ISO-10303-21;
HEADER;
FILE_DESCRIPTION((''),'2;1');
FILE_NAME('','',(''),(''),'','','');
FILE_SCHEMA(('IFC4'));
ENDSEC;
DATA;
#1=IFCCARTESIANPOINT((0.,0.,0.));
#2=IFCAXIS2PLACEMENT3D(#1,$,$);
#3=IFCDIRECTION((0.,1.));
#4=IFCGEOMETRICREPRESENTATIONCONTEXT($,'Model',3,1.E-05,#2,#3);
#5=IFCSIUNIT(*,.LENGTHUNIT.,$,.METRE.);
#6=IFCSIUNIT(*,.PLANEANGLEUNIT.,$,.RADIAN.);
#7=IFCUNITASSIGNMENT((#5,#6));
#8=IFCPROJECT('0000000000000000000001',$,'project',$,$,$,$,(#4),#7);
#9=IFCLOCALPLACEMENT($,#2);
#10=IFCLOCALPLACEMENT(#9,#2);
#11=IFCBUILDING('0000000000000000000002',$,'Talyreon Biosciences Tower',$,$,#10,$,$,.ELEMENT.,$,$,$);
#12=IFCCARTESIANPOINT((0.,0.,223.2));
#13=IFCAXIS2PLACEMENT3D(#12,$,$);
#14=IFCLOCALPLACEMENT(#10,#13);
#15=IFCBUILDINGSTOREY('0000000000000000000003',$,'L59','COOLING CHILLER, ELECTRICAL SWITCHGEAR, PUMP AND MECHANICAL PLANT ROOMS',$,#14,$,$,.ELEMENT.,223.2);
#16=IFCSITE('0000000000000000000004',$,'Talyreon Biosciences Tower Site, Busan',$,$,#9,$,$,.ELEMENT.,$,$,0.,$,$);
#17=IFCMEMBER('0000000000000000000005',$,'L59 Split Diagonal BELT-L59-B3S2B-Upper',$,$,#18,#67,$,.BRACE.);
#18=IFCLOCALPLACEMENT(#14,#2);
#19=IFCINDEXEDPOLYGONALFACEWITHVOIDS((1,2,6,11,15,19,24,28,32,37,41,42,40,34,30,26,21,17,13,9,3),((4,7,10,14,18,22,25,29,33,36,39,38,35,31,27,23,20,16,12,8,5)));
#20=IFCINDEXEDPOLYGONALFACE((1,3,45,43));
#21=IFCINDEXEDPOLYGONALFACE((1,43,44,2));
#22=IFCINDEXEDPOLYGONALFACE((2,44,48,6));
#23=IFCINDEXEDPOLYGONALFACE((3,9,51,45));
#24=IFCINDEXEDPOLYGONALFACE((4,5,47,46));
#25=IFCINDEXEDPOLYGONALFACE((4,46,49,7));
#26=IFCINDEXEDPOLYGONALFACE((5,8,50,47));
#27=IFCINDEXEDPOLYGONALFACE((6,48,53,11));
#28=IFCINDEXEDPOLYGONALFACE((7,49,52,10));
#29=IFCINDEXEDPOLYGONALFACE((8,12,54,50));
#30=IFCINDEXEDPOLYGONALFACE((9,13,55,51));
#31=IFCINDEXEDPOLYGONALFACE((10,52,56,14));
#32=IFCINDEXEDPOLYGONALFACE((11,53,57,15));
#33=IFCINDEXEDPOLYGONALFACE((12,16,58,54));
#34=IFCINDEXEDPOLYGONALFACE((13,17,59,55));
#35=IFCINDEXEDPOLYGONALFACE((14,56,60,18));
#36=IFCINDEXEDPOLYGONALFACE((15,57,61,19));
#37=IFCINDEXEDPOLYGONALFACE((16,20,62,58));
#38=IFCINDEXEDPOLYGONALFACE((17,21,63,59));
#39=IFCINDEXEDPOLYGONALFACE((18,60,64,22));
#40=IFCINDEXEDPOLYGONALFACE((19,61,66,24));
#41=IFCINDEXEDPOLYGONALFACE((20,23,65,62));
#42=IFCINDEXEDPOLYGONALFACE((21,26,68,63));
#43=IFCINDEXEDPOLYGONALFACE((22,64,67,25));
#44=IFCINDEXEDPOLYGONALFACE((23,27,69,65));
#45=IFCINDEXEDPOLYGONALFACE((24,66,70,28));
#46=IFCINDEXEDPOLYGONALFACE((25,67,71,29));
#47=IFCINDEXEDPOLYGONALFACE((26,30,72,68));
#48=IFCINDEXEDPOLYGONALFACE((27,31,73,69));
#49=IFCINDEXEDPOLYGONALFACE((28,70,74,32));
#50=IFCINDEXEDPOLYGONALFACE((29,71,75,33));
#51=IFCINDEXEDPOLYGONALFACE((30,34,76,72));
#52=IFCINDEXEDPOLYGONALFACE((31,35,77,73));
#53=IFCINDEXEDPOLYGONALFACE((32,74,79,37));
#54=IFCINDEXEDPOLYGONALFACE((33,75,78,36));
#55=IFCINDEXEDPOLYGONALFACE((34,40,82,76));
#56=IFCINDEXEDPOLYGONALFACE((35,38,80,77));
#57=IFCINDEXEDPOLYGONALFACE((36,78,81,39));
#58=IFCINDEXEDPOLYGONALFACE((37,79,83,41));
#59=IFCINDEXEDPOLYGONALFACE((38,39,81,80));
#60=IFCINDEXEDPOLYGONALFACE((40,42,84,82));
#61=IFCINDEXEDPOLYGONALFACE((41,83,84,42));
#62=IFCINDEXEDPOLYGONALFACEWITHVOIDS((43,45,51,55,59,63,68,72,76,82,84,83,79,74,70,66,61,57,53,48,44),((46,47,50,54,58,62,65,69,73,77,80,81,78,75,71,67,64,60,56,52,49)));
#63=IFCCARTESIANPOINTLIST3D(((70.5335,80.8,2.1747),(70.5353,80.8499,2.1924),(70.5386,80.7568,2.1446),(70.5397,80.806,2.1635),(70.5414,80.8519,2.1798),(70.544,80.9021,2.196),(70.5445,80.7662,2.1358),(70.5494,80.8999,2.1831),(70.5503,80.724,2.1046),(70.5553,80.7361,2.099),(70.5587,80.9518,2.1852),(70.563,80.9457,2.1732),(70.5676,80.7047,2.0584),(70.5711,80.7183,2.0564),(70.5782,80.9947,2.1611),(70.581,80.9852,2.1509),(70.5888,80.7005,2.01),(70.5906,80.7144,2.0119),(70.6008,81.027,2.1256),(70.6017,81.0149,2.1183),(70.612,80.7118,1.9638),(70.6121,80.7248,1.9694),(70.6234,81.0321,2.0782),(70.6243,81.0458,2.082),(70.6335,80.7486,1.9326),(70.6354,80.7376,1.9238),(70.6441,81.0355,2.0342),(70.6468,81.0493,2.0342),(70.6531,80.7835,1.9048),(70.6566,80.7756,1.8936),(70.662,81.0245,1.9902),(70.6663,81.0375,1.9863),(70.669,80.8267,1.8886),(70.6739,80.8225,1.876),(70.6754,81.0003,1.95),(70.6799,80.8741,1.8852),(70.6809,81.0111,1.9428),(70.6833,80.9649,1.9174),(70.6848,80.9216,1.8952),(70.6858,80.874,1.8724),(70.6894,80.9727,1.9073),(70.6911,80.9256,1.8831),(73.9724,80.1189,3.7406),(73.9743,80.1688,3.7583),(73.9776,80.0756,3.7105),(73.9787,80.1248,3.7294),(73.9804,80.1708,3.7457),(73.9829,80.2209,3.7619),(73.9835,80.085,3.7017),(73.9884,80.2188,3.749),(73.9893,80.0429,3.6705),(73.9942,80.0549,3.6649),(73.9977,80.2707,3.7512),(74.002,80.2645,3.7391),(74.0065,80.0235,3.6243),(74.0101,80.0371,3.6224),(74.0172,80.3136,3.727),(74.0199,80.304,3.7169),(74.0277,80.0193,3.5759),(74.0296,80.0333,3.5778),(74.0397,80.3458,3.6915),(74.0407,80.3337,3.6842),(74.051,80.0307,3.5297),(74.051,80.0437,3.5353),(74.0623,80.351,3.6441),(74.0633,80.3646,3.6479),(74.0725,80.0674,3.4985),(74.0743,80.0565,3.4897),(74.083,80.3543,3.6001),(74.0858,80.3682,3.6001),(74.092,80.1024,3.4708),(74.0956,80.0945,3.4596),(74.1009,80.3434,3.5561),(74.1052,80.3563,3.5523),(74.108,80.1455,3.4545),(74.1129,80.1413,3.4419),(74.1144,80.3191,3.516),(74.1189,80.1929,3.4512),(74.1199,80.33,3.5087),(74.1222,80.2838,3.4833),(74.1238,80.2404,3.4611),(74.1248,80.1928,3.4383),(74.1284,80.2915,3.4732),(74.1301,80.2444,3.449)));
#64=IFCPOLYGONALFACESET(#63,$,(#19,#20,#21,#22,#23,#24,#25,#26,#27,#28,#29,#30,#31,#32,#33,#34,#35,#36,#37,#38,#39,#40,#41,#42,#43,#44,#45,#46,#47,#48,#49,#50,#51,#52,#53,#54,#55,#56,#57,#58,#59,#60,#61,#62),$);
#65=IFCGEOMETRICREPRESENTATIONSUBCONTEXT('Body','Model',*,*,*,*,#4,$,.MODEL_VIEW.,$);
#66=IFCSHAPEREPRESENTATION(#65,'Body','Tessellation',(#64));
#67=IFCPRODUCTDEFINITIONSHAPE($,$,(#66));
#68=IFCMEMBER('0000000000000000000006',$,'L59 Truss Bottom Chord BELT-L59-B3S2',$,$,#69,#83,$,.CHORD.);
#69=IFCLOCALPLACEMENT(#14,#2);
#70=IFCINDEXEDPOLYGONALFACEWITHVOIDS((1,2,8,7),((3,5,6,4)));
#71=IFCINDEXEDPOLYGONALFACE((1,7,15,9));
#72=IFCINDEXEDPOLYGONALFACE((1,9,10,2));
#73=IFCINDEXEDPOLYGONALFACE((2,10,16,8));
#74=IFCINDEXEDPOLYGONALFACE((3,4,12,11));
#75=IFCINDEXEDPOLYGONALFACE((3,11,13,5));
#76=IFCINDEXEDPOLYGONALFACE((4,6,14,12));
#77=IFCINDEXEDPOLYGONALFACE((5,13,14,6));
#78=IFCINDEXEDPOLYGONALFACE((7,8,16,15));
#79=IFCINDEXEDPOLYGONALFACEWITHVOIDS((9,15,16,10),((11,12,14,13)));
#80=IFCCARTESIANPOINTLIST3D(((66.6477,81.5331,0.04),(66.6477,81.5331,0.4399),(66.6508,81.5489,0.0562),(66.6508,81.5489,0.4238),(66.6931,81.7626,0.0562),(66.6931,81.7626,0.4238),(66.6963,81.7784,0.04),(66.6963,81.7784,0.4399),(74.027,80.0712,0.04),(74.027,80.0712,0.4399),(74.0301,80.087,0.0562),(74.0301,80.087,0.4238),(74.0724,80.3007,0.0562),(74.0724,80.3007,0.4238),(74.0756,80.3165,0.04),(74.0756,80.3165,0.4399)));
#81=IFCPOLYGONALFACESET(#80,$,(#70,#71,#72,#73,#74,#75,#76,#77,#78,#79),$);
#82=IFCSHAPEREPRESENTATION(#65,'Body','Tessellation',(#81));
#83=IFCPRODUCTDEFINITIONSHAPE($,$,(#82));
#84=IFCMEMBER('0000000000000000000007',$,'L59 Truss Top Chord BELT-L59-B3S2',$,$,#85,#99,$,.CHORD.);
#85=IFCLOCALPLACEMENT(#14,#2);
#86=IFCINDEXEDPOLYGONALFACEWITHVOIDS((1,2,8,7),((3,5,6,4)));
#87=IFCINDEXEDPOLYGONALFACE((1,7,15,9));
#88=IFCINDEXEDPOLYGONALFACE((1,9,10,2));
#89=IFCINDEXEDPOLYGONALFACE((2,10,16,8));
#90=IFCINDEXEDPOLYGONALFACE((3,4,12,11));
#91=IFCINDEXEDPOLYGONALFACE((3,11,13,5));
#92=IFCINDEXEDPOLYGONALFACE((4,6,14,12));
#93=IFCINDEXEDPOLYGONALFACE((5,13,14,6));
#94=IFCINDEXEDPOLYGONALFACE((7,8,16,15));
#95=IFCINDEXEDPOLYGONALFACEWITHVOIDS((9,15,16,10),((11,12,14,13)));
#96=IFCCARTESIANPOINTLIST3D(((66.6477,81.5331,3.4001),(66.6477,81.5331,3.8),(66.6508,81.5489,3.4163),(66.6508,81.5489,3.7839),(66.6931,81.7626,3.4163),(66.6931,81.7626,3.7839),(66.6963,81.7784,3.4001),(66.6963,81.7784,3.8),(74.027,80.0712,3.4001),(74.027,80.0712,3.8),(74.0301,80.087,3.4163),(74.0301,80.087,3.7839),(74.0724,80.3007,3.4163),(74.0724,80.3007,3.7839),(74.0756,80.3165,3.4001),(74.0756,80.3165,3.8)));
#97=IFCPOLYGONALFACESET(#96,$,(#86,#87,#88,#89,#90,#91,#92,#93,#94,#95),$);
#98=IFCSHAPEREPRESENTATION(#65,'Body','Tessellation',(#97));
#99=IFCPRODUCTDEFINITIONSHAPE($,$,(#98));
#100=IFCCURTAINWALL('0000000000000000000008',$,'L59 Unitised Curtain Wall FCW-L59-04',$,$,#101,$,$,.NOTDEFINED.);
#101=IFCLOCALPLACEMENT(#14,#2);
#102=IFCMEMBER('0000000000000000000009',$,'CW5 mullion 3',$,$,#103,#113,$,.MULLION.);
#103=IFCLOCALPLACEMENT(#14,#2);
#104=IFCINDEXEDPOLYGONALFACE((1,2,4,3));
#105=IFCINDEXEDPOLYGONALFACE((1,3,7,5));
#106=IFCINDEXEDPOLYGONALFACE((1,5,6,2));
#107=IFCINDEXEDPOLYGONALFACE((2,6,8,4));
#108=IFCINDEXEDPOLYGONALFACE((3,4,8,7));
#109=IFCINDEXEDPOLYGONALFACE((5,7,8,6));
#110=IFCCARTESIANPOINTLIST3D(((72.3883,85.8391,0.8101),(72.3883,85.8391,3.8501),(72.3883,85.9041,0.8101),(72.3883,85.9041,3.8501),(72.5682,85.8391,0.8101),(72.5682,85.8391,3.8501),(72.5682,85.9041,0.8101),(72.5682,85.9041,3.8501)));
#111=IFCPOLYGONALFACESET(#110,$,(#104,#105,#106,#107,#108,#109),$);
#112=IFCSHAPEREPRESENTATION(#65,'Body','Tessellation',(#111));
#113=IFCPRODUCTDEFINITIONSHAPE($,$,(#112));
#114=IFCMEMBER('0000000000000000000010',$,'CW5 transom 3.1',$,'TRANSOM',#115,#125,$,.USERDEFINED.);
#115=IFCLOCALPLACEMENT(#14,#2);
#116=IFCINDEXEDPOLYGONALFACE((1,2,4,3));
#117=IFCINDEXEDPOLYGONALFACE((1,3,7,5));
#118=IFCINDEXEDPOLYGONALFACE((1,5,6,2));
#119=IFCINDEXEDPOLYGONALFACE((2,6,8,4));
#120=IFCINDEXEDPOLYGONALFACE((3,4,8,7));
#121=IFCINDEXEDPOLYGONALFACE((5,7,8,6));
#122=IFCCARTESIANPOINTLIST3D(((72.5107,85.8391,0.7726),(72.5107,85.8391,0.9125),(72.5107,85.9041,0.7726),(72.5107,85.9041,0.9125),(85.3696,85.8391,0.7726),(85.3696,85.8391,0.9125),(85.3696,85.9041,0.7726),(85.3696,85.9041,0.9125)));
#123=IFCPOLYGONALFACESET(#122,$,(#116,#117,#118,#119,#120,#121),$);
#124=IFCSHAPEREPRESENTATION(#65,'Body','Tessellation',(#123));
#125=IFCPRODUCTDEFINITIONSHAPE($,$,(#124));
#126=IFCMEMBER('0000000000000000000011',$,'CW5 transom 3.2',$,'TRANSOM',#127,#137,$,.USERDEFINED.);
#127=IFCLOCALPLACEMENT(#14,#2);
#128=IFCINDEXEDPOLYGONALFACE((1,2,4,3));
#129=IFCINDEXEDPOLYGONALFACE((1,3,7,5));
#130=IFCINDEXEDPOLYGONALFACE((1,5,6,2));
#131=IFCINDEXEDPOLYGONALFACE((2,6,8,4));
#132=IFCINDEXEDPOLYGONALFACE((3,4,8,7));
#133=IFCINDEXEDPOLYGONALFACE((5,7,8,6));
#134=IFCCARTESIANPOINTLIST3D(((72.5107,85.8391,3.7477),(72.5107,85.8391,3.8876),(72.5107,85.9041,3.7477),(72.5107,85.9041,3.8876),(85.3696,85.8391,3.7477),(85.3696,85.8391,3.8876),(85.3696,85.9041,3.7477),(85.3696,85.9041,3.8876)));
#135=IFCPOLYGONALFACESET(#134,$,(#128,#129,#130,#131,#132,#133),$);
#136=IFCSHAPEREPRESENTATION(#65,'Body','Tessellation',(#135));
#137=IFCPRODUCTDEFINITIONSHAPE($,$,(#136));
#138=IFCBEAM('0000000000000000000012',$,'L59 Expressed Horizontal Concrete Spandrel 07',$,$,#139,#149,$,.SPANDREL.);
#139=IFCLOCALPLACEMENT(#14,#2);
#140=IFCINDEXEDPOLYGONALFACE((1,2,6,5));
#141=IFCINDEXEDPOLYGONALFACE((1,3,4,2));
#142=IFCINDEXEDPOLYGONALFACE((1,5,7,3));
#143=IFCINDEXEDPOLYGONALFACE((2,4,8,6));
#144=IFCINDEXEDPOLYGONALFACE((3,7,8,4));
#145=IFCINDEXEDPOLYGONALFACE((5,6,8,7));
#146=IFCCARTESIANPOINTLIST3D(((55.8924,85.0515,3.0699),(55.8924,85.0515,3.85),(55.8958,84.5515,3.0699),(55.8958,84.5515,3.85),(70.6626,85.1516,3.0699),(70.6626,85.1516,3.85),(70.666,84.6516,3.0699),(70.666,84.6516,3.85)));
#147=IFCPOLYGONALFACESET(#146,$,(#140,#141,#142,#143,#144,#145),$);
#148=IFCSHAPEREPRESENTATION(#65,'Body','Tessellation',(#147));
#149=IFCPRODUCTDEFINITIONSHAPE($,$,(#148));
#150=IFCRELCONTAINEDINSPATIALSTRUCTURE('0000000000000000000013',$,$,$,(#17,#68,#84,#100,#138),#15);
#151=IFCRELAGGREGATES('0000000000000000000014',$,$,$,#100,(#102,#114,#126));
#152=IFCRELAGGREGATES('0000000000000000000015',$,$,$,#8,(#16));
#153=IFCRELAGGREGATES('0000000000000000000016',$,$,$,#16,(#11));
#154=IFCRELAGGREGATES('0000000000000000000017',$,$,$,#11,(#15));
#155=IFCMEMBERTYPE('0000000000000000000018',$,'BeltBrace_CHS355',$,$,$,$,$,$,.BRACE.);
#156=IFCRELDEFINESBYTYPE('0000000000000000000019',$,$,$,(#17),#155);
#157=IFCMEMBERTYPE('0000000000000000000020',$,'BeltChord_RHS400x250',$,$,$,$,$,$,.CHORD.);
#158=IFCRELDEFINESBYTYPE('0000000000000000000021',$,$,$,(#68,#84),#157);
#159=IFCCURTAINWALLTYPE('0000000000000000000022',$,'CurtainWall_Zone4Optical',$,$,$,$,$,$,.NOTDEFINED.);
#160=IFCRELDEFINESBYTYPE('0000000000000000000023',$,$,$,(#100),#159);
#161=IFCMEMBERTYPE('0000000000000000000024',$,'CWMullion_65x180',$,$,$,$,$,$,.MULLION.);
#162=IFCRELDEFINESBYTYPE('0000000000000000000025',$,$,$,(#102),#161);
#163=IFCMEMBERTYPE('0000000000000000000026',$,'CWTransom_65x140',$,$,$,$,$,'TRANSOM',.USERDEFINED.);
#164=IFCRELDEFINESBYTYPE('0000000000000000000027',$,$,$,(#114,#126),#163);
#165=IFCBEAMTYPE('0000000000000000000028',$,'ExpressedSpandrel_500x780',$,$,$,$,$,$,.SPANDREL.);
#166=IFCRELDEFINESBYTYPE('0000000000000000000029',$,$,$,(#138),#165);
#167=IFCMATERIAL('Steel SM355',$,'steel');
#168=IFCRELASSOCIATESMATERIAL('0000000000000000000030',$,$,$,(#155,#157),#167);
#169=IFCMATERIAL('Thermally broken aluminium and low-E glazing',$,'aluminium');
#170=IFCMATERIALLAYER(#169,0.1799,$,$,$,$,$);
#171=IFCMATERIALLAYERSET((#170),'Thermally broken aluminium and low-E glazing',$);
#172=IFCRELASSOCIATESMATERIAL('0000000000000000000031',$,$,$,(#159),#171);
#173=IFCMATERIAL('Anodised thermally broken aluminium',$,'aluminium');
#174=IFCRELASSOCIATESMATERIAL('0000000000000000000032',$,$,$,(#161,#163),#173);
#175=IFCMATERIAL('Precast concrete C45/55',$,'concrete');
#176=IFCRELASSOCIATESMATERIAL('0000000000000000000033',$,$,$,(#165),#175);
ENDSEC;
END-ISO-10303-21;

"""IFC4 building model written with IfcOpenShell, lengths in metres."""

from ifc_helpers import new_model, si_unit, direction, frame, origin, origin_2d, place, context, subcontext, project, spatial, rectangle, hollow_rectangle, hollow_circle, extrude, material, layer, layer_set, material_profile, profile_set, type_object, element, aggregate, save


model = new_model("IFC4")

# Units and contexts
model_context = context("Model", 3, precision=1e-05, world=origin(), true_north=direction((0.0, 1.0)))
body_context = subcontext(model_context, "Body", "Model", "MODEL_VIEW")
ifc_project = project(units=[si_unit("LENGTHUNIT", "METRE"), si_unit("PLANEANGLEUNIT", "RADIAN")], contexts=[model_context])

# Site, building, storey
site_placement = place(None, origin())
site = spatial("IfcSite", under=ifc_project, at=site_placement, Name="Talyreon Biosciences Tower Site, Busan", CompositionType="ELEMENT", RefElevation=0.0)
building_placement = place(site_placement, origin())
building = spatial("IfcBuilding", under=site, at=building_placement, Name="Talyreon Biosciences Tower", CompositionType="ELEMENT")
storey_placement = place(building_placement, frame((0.0, 0.0, 223.2)))
storey = spatial("IfcBuildingStorey", under=building, at=storey_placement, Name="L59", Description="COOLING CHILLER, ELECTRICAL SWITCHGEAR, PUMP AND MECHANICAL PLANT ROOMS", CompositionType="ELEMENT", Elevation=223.2)

# Shared definitions
ifc_material_1 = material(Name="Precast concrete C45/55", Category="concrete")

# Members
ifc_material_2 = material(Name="Steel SM355", Category="steel")
ifc_material_profile_1 = material_profile(ifc_material_2, hollow_circle(Radius=0.1777, WallThickness=0.0142, at=origin_2d()), Name="CHS 355.6x14.2")
ifc_profile_set_1 = profile_set([ifc_material_profile_1], Name="Steel SM355")
member_type_1 = type_object("IfcMemberType", Name="BeltBrace_CHS355", PredefinedType="BRACE", material=ifc_profile_set_1)
member_1_placement = place(storey_placement, frame((70.6123, 80.875, 2.0342), z_axis=(0.895656, -0.177402, 0.407833), x_axis=(0.194294, 0.980943, 0.0)))
element("IfcMember", 1, at=member_1_placement, inside=storey, type_object=member_type_1, Name="L59 Split Diagonal BELT-L59-B3S2B-Upper", PredefinedType="BRACE", context=body_context, shape_type="SweptSolid", body=[
    extrude(hollow_circle(Radius=0.1777, WallThickness=0.0142, at=origin_2d()), origin(), (0.0, 0.0, 1.0), 3.8396),
])
ifc_material_profile_2 = material_profile(ifc_material_2, hollow_rectangle(XDim=0.25, YDim=0.3999, WallThickness=0.0161, at=origin_2d()), Name="RHS 400x250x16")
ifc_profile_set_2 = profile_set([ifc_material_profile_2], Name="Steel SM355")
member_type_2 = type_object("IfcMemberType", Name="BeltChord_RHS400x250", PredefinedType="CHORD", material=ifc_profile_set_2)
for number, where, z_axis, x_axis, name in (
    (2, (74.0513, 80.1938, 0.24), (-0.980936, 0.194331, 0.0), (-0.194331, -0.980936, 0.0), "L59 Truss Bottom Chord BELT-L59-B3S2"),
    (3, (74.0513, 80.1938, 3.6001), (-0.980936, 0.194331, 0.0), (-0.194331, -0.980936, 0.0), "L59 Truss Top Chord BELT-L59-B3S2"),
):
    element("IfcMember", number, at=place(storey_placement, frame(where, z_axis=z_axis, x_axis=x_axis)), inside=storey, type_object=member_type_2, Name=name, PredefinedType="CHORD", context=body_context, shape_type="SweptSolid", body=[
        extrude(hollow_rectangle(XDim=0.25, YDim=0.3999, WallThickness=0.0161, at=origin_2d()), origin(), (0.0, 0.0, 1.0), 7.5227),
    ])

# Curtain wall, members
ifc_material_3 = material(Name="Thermally broken aluminium and low-E glazing", Category="aluminium")
ifc_layer_1 = layer(ifc_material_3, 0.1799)
ifc_layer_set_1 = layer_set([ifc_layer_1], Name="Thermally broken aluminium and low-E glazing")
curtain_wall_type = type_object("IfcCurtainWallType", Name="CurtainWall_Zone4Optical", PredefinedType="NOTDEFINED", material=ifc_layer_set_1)
curtain_wall_placement = place(storey_placement, origin())
curtain_wall = element("IfcCurtainWall", 4, at=curtain_wall_placement, inside=storey, type_object=curtain_wall_type, Name="L59 Unitised Curtain Wall FCW-L59-04", PredefinedType="NOTDEFINED")
ifc_material_4 = material(Name="Anodised thermally broken aluminium", Category="aluminium")
ifc_material_profile_3 = material_profile(ifc_material_4, rectangle(XDim=0.0649, YDim=0.1799, at=origin_2d()), Name="ALUM MULLION 65x180")
ifc_profile_set_3 = profile_set([ifc_material_profile_3], Name="Anodised thermally broken aluminium")
member_type_3 = type_object("IfcMemberType", Name="CWMullion_65x180", PredefinedType="MULLION", material=ifc_profile_set_3)
member_2_placement = place(storey_placement, frame((72.4783, 85.8716, 0.8101), z_axis=(0.0, 0.0, 1.0), x_axis=(0.0, 1.0, 0.0)))
member_2 = element("IfcMember", 5, at=member_2_placement, type_object=member_type_3, Name="CW5 mullion 3", PredefinedType="MULLION", context=body_context, shape_type="SweptSolid", body=[
    extrude(rectangle(XDim=0.0649, YDim=0.1799, at=origin_2d()), origin(), (0.0, 0.0, 1.0), 3.04),
])
ifc_material_profile_4 = material_profile(ifc_material_4, rectangle(XDim=0.0649, YDim=0.1399, at=origin_2d()), Name="ALUM TRANSOM 65x140")
ifc_profile_set_4 = profile_set([ifc_material_profile_4], Name="Anodised thermally broken aluminium")
member_type_4 = type_object("IfcMemberType", Name="CWTransom_65x140", ElementType="TRANSOM", PredefinedType="USERDEFINED", material=ifc_profile_set_4)
member_3_placement = place(storey_placement, frame((72.5107, 85.8716, 0.8425), z_axis=(1.0, 0.0, 0.0), x_axis=(0.0, 1.0, 0.0)))
member_3 = element("IfcMember", 6, at=member_3_placement, type_object=member_type_4, Name="CW5 transom 3.1", ObjectType="TRANSOM", PredefinedType="USERDEFINED", context=body_context, shape_type="SweptSolid", body=[
    extrude(rectangle(XDim=0.0649, YDim=0.1399, at=origin_2d()), origin(), (0.0, 0.0, 1.0), 12.8589),
])
member_4_placement = place(storey_placement, frame((72.5107, 85.8716, 3.8176), z_axis=(1.0, 0.0, 0.0), x_axis=(0.0, 1.0, 0.0)))
member_4 = element("IfcMember", 7, at=member_4_placement, type_object=member_type_4, Name="CW5 transom 3.2", ObjectType="TRANSOM", PredefinedType="USERDEFINED", context=body_context, shape_type="SweptSolid", body=[
    extrude(rectangle(XDim=0.0649, YDim=0.1399, at=origin_2d()), origin(), (0.0, 0.0, 1.0), 12.8589),
])

# Beam
ifc_material_profile_5 = material_profile(ifc_material_1, rectangle(XDim=0.5, YDim=0.78, at=origin_2d()), Name="RCB 500x780")
ifc_profile_set_5 = profile_set([ifc_material_profile_5], Name="Precast concrete C45/55")
beam_type_1 = type_object("IfcBeamType", Name="ExpressedSpandrel_500x780", PredefinedType="SPANDREL", material=ifc_profile_set_5)
beam_1_placement = place(storey_placement, frame((70.6643, 84.9016, 3.46), z_axis=(-0.999977, -0.006777, 0.0), x_axis=(0.006777, -0.999977, 0.0)))
element("IfcBeam", 8, at=beam_1_placement, inside=storey, type_object=beam_type_1, Name="L59 Expressed Horizontal Concrete Spandrel 07", PredefinedType="SPANDREL", context=body_context, shape_type="SweptSolid", body=[
    extrude(rectangle(XDim=0.5, YDim=0.78, at=origin_2d()), origin(), (0.0, 0.0, 1.0), 14.7705),
])

aggregate(curtain_wall, [member_2, member_3, member_4])

save(model, "model.ifc")
